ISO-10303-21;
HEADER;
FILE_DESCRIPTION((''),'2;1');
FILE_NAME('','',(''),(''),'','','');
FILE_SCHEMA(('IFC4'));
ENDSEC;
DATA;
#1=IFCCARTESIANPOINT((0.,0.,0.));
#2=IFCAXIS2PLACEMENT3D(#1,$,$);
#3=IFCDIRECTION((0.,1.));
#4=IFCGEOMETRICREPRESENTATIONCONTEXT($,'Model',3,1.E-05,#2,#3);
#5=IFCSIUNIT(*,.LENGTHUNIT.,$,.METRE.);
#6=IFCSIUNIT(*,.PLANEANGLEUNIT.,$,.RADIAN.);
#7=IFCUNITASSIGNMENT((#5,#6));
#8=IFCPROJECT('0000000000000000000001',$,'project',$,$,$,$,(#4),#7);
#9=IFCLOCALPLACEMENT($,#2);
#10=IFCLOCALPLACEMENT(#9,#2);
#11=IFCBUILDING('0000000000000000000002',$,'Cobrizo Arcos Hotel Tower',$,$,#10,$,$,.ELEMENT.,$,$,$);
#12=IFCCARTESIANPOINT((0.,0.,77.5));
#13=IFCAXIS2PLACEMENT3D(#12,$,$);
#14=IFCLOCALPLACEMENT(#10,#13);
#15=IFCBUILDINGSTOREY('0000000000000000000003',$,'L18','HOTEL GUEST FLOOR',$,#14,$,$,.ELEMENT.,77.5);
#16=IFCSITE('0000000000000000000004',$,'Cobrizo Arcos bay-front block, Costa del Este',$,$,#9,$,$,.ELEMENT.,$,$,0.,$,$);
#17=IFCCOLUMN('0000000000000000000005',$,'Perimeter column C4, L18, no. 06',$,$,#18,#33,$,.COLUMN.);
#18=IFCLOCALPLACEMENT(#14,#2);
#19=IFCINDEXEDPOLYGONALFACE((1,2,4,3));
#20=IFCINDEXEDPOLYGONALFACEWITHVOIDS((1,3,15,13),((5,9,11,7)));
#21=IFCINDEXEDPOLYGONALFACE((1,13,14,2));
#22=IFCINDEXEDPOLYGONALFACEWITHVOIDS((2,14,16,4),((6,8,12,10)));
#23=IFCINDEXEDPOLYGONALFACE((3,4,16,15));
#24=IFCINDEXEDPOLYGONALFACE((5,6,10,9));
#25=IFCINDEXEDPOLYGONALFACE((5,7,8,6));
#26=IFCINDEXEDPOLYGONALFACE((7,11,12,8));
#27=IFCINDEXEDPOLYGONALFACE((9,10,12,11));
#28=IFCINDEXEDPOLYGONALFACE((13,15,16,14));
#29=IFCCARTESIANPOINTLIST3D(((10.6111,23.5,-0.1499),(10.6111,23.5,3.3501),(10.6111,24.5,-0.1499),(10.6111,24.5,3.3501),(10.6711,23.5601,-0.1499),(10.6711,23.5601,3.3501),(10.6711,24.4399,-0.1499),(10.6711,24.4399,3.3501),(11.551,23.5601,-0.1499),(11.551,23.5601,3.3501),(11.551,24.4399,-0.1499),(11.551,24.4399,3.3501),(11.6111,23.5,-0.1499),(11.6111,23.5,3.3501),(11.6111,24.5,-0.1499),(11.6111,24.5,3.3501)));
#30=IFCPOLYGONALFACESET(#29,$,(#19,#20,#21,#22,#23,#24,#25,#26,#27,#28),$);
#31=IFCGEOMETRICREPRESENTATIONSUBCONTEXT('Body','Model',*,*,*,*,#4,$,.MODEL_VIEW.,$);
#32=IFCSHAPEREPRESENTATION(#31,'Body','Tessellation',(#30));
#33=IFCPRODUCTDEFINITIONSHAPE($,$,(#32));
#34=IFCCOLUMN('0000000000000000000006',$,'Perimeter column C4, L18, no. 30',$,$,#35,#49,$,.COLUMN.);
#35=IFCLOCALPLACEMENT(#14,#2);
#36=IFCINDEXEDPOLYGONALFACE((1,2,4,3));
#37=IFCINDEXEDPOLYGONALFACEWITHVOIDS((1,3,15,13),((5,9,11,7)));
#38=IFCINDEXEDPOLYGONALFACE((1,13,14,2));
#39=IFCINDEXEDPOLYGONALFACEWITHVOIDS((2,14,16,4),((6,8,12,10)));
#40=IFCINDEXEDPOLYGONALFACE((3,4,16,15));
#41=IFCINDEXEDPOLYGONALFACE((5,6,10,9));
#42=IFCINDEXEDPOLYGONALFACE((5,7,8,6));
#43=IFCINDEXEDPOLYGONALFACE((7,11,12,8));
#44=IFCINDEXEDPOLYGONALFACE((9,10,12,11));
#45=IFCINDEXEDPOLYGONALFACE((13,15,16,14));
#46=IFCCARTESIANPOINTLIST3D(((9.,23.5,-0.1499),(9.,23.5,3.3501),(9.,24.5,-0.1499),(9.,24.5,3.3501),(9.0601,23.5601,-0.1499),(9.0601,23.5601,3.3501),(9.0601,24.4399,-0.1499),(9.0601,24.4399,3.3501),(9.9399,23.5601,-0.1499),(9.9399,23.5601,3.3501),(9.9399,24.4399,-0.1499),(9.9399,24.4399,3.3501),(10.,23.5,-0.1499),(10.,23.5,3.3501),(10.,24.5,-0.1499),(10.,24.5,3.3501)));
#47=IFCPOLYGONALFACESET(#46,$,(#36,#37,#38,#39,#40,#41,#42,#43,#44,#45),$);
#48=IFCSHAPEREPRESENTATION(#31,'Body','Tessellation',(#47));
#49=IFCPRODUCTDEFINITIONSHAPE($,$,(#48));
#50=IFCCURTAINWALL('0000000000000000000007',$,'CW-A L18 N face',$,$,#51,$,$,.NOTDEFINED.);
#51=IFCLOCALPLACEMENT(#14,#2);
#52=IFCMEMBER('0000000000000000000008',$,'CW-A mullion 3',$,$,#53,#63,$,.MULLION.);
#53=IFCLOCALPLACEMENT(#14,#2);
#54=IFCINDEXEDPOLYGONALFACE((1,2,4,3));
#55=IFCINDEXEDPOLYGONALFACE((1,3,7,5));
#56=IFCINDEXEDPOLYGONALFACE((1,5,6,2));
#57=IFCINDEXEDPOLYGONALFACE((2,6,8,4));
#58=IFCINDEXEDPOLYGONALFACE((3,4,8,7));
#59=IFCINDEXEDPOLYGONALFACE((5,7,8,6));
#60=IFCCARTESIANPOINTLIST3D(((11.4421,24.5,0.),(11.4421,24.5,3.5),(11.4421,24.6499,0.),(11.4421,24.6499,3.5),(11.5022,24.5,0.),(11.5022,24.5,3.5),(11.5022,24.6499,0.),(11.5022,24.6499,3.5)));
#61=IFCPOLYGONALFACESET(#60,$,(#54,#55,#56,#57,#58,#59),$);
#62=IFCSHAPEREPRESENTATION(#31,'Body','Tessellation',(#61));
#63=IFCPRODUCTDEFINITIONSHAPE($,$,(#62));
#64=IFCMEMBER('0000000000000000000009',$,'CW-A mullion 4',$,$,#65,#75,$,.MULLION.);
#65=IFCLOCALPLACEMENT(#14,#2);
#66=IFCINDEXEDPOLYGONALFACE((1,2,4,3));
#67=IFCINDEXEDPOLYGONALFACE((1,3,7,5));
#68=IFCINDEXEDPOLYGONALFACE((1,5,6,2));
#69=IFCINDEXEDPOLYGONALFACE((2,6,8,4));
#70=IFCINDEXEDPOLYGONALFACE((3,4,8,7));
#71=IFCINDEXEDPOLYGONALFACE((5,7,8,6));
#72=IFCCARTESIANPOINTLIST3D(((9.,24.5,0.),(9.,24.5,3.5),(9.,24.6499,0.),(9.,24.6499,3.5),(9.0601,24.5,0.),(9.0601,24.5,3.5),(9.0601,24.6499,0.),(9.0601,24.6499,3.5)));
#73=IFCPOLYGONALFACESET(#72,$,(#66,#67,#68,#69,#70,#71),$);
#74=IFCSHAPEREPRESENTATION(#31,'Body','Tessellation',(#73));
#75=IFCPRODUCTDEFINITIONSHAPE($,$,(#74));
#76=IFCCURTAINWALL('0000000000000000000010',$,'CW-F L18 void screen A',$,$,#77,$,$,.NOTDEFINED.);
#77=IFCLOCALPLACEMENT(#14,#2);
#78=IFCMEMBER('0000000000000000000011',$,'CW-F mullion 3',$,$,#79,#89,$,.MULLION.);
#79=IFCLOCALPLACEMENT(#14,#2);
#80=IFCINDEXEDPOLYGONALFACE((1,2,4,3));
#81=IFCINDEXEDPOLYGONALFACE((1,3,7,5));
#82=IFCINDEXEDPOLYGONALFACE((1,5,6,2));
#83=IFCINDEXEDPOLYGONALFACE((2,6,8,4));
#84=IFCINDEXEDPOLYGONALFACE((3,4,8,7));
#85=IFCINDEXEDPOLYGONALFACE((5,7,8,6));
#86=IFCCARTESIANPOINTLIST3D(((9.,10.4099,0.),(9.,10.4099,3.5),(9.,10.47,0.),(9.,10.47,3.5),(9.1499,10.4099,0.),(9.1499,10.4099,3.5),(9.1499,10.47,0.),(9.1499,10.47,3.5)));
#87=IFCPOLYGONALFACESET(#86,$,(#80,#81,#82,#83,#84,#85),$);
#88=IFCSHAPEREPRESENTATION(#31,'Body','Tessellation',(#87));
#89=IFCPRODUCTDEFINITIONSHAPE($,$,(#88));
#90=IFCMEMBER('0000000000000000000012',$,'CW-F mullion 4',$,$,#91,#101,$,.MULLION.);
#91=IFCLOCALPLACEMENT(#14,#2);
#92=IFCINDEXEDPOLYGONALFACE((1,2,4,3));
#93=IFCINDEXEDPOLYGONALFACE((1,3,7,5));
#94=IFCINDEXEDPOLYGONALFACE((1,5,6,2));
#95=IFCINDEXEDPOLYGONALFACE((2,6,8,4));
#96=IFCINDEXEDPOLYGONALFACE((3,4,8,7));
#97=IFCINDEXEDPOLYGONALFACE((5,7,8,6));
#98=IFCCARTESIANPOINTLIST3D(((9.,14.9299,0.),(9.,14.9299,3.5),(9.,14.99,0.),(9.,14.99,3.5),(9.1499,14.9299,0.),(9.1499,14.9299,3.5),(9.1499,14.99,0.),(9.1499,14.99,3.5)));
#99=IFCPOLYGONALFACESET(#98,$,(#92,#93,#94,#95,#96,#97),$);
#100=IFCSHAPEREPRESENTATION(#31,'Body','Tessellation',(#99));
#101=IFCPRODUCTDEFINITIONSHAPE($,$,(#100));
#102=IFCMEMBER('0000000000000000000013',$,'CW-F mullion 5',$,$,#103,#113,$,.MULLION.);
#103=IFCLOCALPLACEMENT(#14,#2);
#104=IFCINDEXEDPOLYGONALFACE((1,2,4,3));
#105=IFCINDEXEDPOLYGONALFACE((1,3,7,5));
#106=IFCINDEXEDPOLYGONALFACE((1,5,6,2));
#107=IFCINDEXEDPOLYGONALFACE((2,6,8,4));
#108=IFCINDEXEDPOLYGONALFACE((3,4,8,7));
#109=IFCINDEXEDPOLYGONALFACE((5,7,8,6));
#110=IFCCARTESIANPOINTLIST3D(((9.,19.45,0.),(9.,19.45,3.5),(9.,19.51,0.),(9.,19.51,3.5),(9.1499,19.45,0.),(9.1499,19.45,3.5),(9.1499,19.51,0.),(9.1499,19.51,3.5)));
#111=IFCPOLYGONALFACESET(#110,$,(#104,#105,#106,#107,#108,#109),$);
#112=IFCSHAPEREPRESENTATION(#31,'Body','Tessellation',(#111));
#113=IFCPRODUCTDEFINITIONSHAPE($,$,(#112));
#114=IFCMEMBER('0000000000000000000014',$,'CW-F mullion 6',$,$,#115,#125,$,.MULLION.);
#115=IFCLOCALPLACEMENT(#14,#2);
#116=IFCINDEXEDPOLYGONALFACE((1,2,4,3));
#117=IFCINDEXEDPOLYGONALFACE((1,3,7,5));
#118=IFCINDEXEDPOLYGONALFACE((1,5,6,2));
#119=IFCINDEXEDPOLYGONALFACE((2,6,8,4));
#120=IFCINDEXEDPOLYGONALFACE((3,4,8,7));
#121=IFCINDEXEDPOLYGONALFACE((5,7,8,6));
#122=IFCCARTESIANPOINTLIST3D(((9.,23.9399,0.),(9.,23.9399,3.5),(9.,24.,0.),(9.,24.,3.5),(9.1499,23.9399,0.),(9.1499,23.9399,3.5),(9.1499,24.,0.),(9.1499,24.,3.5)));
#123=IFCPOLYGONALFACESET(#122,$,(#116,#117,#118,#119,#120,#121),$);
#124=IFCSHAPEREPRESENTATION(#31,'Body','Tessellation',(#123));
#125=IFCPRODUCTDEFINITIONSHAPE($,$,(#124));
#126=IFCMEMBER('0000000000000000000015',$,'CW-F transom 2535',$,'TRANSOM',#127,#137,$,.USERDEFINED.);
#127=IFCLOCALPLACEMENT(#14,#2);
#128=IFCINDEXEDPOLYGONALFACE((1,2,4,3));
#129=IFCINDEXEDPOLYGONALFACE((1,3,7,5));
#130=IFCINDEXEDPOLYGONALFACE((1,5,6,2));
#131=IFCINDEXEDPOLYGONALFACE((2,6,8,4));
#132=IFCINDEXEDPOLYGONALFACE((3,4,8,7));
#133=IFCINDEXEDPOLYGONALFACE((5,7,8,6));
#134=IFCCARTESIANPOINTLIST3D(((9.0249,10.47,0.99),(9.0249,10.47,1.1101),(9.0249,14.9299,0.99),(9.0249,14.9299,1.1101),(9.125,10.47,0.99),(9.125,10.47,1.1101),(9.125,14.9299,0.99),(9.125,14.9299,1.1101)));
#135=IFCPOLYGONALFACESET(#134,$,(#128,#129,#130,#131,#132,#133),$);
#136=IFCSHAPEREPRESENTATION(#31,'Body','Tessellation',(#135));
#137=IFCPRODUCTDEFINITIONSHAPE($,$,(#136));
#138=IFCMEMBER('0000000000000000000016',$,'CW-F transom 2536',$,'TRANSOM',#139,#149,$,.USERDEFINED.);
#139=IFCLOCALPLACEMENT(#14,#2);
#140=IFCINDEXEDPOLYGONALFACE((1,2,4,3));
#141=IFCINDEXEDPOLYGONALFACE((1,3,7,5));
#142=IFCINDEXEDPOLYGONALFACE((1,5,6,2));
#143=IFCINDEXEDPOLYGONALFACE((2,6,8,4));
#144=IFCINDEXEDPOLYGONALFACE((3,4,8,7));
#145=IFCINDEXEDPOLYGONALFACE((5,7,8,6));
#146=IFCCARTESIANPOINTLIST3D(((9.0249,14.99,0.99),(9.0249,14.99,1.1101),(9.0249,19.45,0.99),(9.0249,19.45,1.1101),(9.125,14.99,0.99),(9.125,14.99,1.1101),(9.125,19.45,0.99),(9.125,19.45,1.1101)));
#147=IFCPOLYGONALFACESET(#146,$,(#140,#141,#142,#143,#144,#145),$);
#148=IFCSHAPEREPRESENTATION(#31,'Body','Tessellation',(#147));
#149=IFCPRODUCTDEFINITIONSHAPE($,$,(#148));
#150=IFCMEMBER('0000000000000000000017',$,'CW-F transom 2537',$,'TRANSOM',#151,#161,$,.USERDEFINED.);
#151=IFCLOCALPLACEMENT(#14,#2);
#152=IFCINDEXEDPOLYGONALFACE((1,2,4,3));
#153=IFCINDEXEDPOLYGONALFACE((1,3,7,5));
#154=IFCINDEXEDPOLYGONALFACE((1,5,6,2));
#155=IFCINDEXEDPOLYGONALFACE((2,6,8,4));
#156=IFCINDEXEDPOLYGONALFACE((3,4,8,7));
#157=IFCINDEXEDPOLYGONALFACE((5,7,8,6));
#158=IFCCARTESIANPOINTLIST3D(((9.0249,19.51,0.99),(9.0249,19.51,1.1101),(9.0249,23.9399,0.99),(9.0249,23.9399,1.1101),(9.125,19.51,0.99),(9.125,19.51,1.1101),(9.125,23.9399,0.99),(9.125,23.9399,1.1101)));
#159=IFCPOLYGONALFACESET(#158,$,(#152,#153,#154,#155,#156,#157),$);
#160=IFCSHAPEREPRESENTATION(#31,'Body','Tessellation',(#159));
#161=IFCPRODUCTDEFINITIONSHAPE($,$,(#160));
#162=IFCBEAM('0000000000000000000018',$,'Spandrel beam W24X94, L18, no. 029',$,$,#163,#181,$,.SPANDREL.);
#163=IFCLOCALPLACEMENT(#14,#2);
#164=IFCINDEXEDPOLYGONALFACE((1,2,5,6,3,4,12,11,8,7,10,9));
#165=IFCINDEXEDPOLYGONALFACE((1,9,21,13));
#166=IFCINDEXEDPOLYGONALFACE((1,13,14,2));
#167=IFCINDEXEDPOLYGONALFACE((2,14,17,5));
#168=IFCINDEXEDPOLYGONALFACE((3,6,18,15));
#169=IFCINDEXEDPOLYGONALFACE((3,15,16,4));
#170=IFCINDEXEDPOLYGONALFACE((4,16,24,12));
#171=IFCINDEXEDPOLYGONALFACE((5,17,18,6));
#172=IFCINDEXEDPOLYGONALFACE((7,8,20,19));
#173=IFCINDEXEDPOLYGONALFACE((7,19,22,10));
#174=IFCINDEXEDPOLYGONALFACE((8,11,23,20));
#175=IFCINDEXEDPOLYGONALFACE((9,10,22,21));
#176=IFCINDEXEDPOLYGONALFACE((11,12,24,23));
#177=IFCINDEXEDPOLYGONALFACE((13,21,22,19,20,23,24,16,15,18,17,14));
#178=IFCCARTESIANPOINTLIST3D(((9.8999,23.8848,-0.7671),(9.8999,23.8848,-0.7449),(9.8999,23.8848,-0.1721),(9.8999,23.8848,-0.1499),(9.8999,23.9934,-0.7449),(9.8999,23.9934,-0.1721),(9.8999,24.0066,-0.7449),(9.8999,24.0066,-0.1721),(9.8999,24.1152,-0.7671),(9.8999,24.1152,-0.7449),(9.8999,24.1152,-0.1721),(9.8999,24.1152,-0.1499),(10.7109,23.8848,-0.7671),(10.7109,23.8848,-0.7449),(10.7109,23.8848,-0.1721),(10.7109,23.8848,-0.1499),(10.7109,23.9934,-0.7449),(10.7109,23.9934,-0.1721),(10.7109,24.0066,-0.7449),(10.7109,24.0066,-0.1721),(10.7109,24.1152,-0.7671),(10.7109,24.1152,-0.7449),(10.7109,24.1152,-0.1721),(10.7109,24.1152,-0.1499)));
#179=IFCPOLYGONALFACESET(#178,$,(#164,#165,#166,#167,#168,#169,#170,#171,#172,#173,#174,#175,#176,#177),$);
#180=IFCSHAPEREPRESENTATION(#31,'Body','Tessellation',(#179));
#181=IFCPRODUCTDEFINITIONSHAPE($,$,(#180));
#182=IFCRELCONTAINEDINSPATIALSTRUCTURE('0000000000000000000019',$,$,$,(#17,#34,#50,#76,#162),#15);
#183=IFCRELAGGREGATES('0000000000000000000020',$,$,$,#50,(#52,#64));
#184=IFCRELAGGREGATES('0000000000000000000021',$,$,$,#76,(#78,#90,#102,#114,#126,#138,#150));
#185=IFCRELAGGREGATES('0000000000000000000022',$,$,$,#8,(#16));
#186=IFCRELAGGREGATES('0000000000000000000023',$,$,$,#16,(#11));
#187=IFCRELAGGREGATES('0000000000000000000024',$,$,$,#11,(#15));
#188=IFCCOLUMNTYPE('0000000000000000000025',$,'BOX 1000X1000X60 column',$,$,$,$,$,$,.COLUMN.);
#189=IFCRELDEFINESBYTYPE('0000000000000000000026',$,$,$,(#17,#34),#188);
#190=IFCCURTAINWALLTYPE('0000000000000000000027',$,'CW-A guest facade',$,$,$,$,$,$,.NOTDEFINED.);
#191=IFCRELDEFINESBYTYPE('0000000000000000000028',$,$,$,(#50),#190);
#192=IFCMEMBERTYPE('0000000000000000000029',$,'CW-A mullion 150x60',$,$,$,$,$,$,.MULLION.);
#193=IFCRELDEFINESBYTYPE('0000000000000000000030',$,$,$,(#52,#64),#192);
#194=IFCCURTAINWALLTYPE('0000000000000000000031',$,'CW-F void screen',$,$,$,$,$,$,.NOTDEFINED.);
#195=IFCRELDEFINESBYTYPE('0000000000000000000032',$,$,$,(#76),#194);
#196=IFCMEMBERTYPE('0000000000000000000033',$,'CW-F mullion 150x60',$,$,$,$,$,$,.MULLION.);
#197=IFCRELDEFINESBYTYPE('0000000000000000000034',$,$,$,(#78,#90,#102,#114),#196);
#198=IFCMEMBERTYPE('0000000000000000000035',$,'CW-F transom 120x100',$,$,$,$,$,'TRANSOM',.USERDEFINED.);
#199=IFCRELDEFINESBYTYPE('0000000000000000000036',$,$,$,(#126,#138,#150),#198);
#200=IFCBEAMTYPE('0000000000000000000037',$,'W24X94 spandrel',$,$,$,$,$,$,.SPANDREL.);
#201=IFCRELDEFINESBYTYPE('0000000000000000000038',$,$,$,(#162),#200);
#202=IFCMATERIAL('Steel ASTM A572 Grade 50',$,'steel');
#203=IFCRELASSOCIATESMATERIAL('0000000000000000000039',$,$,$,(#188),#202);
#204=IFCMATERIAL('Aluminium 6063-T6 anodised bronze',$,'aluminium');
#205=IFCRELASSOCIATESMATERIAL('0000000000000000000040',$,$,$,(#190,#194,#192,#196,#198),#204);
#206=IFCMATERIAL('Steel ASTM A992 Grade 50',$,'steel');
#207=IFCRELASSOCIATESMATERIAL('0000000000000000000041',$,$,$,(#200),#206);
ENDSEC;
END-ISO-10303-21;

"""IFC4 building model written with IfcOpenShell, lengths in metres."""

from ifc_helpers import new_model, si_unit, direction, frame, origin, origin_2d, place, context, subcontext, project, spatial, rectangle, hollow_rectangle, i_section, extrude, material, material_profile, profile_set, type_object, element, aggregate, save


model = new_model("IFC4")

# Units and contexts
model_context = context("Model", 3, precision=1e-05, world=origin(), true_north=direction((0.0, 1.0)))
body_context = subcontext(model_context, "Body", "Model", "MODEL_VIEW")
ifc_project = project(units=[si_unit("LENGTHUNIT", "METRE"), si_unit("PLANEANGLEUNIT", "RADIAN")], contexts=[model_context])

# Site, building, storey
site_placement = place(None, origin())
site = spatial("IfcSite", under=ifc_project, at=site_placement, Name="Cobrizo Arcos bay-front block, Costa del Este", CompositionType="ELEMENT", RefElevation=0.0)
building_placement = place(site_placement, origin())
building = spatial("IfcBuilding", under=site, at=building_placement, Name="Cobrizo Arcos Hotel Tower", CompositionType="ELEMENT")
storey_placement = place(building_placement, frame((0.0, 0.0, 77.5)))
storey = spatial("IfcBuildingStorey", under=building, at=storey_placement, Name="L18", Description="HOTEL GUEST FLOOR", CompositionType="ELEMENT", Elevation=77.5)

# Columns
ifc_material_1 = material(Name="Steel ASTM A572 Grade 50", Category="steel")
ifc_material_profile_1 = material_profile(ifc_material_1, hollow_rectangle(XDim=1.0, YDim=1.0, WallThickness=0.0601, at=origin_2d()), Name="BOX 1000X1000X60")
ifc_profile_set_1 = profile_set([ifc_material_profile_1], Name="Steel ASTM A572 Grade 50")
column_type = type_object("IfcColumnType", Name="BOX 1000X1000X60 column", PredefinedType="COLUMN", material=ifc_profile_set_1)
for number, where, z_axis, x_axis, name in (
    (1, (11.1111, 24.0, -0.1499), (0.0, 0.0, 1.0), (1.0, 0.0, 0.0), "Perimeter column C4, L18, no. 06"),
    (2, (9.5, 24.0, -0.1499), (0.0, 0.0, 1.0), (1.0, 0.0, 0.0), "Perimeter column C4, L18, no. 30"),
):
    element("IfcColumn", number, at=place(storey_placement, frame(where, z_axis=z_axis, x_axis=x_axis)), inside=storey, type_object=column_type, Name=name, PredefinedType="COLUMN", context=body_context, shape_type="SweptSolid", body=[
        extrude(hollow_rectangle(XDim=1.0, YDim=1.0, WallThickness=0.0601, at=origin_2d()), origin(), (0.0, 0.0, 1.0), 3.5),
    ])

# Curtain walls, members
ifc_material_2 = material(Name="Aluminium 6063-T6 anodised bronze", Category="aluminium")
curtain_wall_type_1 = type_object("IfcCurtainWallType", Name="CW-A guest facade", PredefinedType="NOTDEFINED", material=ifc_material_2)
curtain_wall_1_placement = place(storey_placement, origin())
curtain_wall_1 = element("IfcCurtainWall", 3, at=curtain_wall_1_placement, inside=storey, type_object=curtain_wall_type_1, Name="CW-A L18 N face", PredefinedType="NOTDEFINED")
ifc_material_profile_2 = material_profile(ifc_material_2, rectangle(XDim=0.1499, YDim=0.0601, at=origin_2d()), Name="CW-A mullion 150x60")
ifc_profile_set_2 = profile_set([ifc_material_profile_2], Name="Aluminium 6063-T6 anodised bronze")
member_type_1 = type_object("IfcMemberType", Name="CW-A mullion 150x60", PredefinedType="MULLION", material=ifc_profile_set_2)
member_1_placement = place(storey_placement, frame((11.4722, 24.575, 0.0), z_axis=(0.0, 0.0, 1.0), x_axis=(0.0, 1.0, 0.0)))
member_1 = element("IfcMember", 4, at=member_1_placement, type_object=member_type_1, Name="CW-A mullion 3", PredefinedType="MULLION", context=body_context, shape_type="SweptSolid", body=[
    extrude(rectangle(XDim=0.1499, YDim=0.0601, at=origin_2d()), origin(), (0.0, 0.0, 1.0), 3.5),
])
member_2_placement = place(storey_placement, frame((9.03, 24.575, 0.0), z_axis=(0.0, 0.0, 1.0), x_axis=(0.0, 1.0, 0.0)))
member_2 = element("IfcMember", 5, at=member_2_placement, type_object=member_type_1, Name="CW-A mullion 4", PredefinedType="MULLION", context=body_context, shape_type="SweptSolid", body=[
    extrude(rectangle(XDim=0.1499, YDim=0.0601, at=origin_2d()), origin(), (0.0, 0.0, 1.0), 3.5),
])
curtain_wall_type_2 = type_object("IfcCurtainWallType", Name="CW-F void screen", PredefinedType="NOTDEFINED", material=ifc_material_2)
curtain_wall_2_placement = place(storey_placement, origin())
curtain_wall_2 = element("IfcCurtainWall", 6, at=curtain_wall_2_placement, inside=storey, type_object=curtain_wall_type_2, Name="CW-F L18 void screen A", PredefinedType="NOTDEFINED")
ifc_material_profile_3 = material_profile(ifc_material_2, rectangle(XDim=0.1499, YDim=0.0601, at=origin_2d()), Name="CW-F mullion 150x60")
ifc_profile_set_3 = profile_set([ifc_material_profile_3], Name="Aluminium 6063-T6 anodised bronze")
member_type_2 = type_object("IfcMemberType", Name="CW-F mullion 150x60", PredefinedType="MULLION", material=ifc_profile_set_3)
member_3_placement = place(storey_placement, frame((9.075, 10.4399, 0.0), z_axis=(0.0, 0.0, 1.0), x_axis=(1.0, 0.0, 0.0)))
member_3 = element("IfcMember", 7, at=member_3_placement, type_object=member_type_2, Name="CW-F mullion 3", PredefinedType="MULLION", context=body_context, shape_type="SweptSolid", body=[
    extrude(rectangle(XDim=0.1499, YDim=0.0601, at=origin_2d()), origin(), (0.0, 0.0, 1.0), 3.5),
])
member_4_placement = place(storey_placement, frame((9.075, 14.96, 0.0), z_axis=(0.0, 0.0, 1.0), x_axis=(1.0, 0.0, 0.0)))
member_4 = element("IfcMember", 8, at=member_4_placement, type_object=member_type_2, Name="CW-F mullion 4", PredefinedType="MULLION", context=body_context, shape_type="SweptSolid", body=[
    extrude(rectangle(XDim=0.1499, YDim=0.0601, at=origin_2d()), origin(), (0.0, 0.0, 1.0), 3.5),
])
member_5_placement = place(storey_placement, frame((9.075, 19.48, 0.0), z_axis=(0.0, 0.0, 1.0), x_axis=(1.0, 0.0, 0.0)))
member_5 = element("IfcMember", 9, at=member_5_placement, type_object=member_type_2, Name="CW-F mullion 5", PredefinedType="MULLION", context=body_context, shape_type="SweptSolid", body=[
    extrude(rectangle(XDim=0.1499, YDim=0.0601, at=origin_2d()), origin(), (0.0, 0.0, 1.0), 3.5),
])
member_6_placement = place(storey_placement, frame((9.075, 23.97, 0.0), z_axis=(0.0, 0.0, 1.0), x_axis=(1.0, 0.0, 0.0)))
member_6 = element("IfcMember", 10, at=member_6_placement, type_object=member_type_2, Name="CW-F mullion 6", PredefinedType="MULLION", context=body_context, shape_type="SweptSolid", body=[
    extrude(rectangle(XDim=0.1499, YDim=0.0601, at=origin_2d()), origin(), (0.0, 0.0, 1.0), 3.5),
])
ifc_material_profile_4 = material_profile(ifc_material_2, rectangle(XDim=0.1001, YDim=0.1201, at=origin_2d()), Name="CW-F transom 120x100")
ifc_profile_set_4 = profile_set([ifc_material_profile_4], Name="Aluminium 6063-T6 anodised bronze")
member_type_3 = type_object("IfcMemberType", Name="CW-F transom 120x100", ElementType="TRANSOM", PredefinedType="USERDEFINED", material=ifc_profile_set_4)
member_7_placement = place(storey_placement, frame((9.075, 10.47, 1.05), z_axis=(0.0, 1.0, 0.0), x_axis=(-1.0, 0.0, 0.0)))
member_7 = element("IfcMember", 11, at=member_7_placement, type_object=member_type_3, Name="CW-F transom 2535", ObjectType="TRANSOM", PredefinedType="USERDEFINED", context=body_context, shape_type="SweptSolid", body=[
    extrude(rectangle(XDim=0.1001, YDim=0.1201, at=origin_2d()), origin(), (0.0, 0.0, 1.0), 4.46),
])
member_8_placement = place(storey_placement, frame((9.075, 14.99, 1.05), z_axis=(0.0, 1.0, 0.0), x_axis=(-1.0, 0.0, 0.0)))
member_8 = element("IfcMember", 12, at=member_8_placement, type_object=member_type_3, Name="CW-F transom 2536", ObjectType="TRANSOM", PredefinedType="USERDEFINED", context=body_context, shape_type="SweptSolid", body=[
    extrude(rectangle(XDim=0.1001, YDim=0.1201, at=origin_2d()), origin(), (0.0, 0.0, 1.0), 4.46),
])
member_9_placement = place(storey_placement, frame((9.075, 19.51, 1.05), z_axis=(0.0, 1.0, 0.0), x_axis=(-1.0, 0.0, 0.0)))
member_9 = element("IfcMember", 13, at=member_9_placement, type_object=member_type_3, Name="CW-F transom 2537", ObjectType="TRANSOM", PredefinedType="USERDEFINED", context=body_context, shape_type="SweptSolid", body=[
    extrude(rectangle(XDim=0.1001, YDim=0.1201, at=origin_2d()), origin(), (0.0, 0.0, 1.0), 4.4299),
])

# Beam
ifc_material_3 = material(Name="Steel ASTM A992 Grade 50", Category="steel")
ifc_material_profile_5 = material_profile(ifc_material_3, i_section(OverallWidth=0.2305, OverallDepth=0.6172, WebThickness=0.0132, FlangeThickness=0.0222, at=origin_2d()), Name="W24X94")
ifc_profile_set_5 = profile_set([ifc_material_profile_5], Name="Steel ASTM A992 Grade 50")
beam_type = type_object("IfcBeamType", Name="W24X94 spandrel", PredefinedType="SPANDREL", material=ifc_profile_set_5)
beam_1_placement = place(storey_placement, frame((9.8999, 24.0, -0.4585), z_axis=(1.0, 0.0, 0.0), x_axis=(0.0, 1.0, 0.0)))
element("IfcBeam", 14, at=beam_1_placement, inside=storey, type_object=beam_type, Name="Spandrel beam W24X94, L18, no. 029", PredefinedType="SPANDREL", context=body_context, shape_type="SweptSolid", body=[
    extrude(i_section(OverallWidth=0.2305, OverallDepth=0.6172, WebThickness=0.0132, FlangeThickness=0.0222, at=origin_2d()), origin(), (0.0, 0.0, 1.0), 0.811),
])

aggregate(curtain_wall_1, [member_1, member_2])
aggregate(curtain_wall_2, [member_3, member_4, member_5, member_6, member_7, member_8, member_9])

save(model, "model.ifc")
